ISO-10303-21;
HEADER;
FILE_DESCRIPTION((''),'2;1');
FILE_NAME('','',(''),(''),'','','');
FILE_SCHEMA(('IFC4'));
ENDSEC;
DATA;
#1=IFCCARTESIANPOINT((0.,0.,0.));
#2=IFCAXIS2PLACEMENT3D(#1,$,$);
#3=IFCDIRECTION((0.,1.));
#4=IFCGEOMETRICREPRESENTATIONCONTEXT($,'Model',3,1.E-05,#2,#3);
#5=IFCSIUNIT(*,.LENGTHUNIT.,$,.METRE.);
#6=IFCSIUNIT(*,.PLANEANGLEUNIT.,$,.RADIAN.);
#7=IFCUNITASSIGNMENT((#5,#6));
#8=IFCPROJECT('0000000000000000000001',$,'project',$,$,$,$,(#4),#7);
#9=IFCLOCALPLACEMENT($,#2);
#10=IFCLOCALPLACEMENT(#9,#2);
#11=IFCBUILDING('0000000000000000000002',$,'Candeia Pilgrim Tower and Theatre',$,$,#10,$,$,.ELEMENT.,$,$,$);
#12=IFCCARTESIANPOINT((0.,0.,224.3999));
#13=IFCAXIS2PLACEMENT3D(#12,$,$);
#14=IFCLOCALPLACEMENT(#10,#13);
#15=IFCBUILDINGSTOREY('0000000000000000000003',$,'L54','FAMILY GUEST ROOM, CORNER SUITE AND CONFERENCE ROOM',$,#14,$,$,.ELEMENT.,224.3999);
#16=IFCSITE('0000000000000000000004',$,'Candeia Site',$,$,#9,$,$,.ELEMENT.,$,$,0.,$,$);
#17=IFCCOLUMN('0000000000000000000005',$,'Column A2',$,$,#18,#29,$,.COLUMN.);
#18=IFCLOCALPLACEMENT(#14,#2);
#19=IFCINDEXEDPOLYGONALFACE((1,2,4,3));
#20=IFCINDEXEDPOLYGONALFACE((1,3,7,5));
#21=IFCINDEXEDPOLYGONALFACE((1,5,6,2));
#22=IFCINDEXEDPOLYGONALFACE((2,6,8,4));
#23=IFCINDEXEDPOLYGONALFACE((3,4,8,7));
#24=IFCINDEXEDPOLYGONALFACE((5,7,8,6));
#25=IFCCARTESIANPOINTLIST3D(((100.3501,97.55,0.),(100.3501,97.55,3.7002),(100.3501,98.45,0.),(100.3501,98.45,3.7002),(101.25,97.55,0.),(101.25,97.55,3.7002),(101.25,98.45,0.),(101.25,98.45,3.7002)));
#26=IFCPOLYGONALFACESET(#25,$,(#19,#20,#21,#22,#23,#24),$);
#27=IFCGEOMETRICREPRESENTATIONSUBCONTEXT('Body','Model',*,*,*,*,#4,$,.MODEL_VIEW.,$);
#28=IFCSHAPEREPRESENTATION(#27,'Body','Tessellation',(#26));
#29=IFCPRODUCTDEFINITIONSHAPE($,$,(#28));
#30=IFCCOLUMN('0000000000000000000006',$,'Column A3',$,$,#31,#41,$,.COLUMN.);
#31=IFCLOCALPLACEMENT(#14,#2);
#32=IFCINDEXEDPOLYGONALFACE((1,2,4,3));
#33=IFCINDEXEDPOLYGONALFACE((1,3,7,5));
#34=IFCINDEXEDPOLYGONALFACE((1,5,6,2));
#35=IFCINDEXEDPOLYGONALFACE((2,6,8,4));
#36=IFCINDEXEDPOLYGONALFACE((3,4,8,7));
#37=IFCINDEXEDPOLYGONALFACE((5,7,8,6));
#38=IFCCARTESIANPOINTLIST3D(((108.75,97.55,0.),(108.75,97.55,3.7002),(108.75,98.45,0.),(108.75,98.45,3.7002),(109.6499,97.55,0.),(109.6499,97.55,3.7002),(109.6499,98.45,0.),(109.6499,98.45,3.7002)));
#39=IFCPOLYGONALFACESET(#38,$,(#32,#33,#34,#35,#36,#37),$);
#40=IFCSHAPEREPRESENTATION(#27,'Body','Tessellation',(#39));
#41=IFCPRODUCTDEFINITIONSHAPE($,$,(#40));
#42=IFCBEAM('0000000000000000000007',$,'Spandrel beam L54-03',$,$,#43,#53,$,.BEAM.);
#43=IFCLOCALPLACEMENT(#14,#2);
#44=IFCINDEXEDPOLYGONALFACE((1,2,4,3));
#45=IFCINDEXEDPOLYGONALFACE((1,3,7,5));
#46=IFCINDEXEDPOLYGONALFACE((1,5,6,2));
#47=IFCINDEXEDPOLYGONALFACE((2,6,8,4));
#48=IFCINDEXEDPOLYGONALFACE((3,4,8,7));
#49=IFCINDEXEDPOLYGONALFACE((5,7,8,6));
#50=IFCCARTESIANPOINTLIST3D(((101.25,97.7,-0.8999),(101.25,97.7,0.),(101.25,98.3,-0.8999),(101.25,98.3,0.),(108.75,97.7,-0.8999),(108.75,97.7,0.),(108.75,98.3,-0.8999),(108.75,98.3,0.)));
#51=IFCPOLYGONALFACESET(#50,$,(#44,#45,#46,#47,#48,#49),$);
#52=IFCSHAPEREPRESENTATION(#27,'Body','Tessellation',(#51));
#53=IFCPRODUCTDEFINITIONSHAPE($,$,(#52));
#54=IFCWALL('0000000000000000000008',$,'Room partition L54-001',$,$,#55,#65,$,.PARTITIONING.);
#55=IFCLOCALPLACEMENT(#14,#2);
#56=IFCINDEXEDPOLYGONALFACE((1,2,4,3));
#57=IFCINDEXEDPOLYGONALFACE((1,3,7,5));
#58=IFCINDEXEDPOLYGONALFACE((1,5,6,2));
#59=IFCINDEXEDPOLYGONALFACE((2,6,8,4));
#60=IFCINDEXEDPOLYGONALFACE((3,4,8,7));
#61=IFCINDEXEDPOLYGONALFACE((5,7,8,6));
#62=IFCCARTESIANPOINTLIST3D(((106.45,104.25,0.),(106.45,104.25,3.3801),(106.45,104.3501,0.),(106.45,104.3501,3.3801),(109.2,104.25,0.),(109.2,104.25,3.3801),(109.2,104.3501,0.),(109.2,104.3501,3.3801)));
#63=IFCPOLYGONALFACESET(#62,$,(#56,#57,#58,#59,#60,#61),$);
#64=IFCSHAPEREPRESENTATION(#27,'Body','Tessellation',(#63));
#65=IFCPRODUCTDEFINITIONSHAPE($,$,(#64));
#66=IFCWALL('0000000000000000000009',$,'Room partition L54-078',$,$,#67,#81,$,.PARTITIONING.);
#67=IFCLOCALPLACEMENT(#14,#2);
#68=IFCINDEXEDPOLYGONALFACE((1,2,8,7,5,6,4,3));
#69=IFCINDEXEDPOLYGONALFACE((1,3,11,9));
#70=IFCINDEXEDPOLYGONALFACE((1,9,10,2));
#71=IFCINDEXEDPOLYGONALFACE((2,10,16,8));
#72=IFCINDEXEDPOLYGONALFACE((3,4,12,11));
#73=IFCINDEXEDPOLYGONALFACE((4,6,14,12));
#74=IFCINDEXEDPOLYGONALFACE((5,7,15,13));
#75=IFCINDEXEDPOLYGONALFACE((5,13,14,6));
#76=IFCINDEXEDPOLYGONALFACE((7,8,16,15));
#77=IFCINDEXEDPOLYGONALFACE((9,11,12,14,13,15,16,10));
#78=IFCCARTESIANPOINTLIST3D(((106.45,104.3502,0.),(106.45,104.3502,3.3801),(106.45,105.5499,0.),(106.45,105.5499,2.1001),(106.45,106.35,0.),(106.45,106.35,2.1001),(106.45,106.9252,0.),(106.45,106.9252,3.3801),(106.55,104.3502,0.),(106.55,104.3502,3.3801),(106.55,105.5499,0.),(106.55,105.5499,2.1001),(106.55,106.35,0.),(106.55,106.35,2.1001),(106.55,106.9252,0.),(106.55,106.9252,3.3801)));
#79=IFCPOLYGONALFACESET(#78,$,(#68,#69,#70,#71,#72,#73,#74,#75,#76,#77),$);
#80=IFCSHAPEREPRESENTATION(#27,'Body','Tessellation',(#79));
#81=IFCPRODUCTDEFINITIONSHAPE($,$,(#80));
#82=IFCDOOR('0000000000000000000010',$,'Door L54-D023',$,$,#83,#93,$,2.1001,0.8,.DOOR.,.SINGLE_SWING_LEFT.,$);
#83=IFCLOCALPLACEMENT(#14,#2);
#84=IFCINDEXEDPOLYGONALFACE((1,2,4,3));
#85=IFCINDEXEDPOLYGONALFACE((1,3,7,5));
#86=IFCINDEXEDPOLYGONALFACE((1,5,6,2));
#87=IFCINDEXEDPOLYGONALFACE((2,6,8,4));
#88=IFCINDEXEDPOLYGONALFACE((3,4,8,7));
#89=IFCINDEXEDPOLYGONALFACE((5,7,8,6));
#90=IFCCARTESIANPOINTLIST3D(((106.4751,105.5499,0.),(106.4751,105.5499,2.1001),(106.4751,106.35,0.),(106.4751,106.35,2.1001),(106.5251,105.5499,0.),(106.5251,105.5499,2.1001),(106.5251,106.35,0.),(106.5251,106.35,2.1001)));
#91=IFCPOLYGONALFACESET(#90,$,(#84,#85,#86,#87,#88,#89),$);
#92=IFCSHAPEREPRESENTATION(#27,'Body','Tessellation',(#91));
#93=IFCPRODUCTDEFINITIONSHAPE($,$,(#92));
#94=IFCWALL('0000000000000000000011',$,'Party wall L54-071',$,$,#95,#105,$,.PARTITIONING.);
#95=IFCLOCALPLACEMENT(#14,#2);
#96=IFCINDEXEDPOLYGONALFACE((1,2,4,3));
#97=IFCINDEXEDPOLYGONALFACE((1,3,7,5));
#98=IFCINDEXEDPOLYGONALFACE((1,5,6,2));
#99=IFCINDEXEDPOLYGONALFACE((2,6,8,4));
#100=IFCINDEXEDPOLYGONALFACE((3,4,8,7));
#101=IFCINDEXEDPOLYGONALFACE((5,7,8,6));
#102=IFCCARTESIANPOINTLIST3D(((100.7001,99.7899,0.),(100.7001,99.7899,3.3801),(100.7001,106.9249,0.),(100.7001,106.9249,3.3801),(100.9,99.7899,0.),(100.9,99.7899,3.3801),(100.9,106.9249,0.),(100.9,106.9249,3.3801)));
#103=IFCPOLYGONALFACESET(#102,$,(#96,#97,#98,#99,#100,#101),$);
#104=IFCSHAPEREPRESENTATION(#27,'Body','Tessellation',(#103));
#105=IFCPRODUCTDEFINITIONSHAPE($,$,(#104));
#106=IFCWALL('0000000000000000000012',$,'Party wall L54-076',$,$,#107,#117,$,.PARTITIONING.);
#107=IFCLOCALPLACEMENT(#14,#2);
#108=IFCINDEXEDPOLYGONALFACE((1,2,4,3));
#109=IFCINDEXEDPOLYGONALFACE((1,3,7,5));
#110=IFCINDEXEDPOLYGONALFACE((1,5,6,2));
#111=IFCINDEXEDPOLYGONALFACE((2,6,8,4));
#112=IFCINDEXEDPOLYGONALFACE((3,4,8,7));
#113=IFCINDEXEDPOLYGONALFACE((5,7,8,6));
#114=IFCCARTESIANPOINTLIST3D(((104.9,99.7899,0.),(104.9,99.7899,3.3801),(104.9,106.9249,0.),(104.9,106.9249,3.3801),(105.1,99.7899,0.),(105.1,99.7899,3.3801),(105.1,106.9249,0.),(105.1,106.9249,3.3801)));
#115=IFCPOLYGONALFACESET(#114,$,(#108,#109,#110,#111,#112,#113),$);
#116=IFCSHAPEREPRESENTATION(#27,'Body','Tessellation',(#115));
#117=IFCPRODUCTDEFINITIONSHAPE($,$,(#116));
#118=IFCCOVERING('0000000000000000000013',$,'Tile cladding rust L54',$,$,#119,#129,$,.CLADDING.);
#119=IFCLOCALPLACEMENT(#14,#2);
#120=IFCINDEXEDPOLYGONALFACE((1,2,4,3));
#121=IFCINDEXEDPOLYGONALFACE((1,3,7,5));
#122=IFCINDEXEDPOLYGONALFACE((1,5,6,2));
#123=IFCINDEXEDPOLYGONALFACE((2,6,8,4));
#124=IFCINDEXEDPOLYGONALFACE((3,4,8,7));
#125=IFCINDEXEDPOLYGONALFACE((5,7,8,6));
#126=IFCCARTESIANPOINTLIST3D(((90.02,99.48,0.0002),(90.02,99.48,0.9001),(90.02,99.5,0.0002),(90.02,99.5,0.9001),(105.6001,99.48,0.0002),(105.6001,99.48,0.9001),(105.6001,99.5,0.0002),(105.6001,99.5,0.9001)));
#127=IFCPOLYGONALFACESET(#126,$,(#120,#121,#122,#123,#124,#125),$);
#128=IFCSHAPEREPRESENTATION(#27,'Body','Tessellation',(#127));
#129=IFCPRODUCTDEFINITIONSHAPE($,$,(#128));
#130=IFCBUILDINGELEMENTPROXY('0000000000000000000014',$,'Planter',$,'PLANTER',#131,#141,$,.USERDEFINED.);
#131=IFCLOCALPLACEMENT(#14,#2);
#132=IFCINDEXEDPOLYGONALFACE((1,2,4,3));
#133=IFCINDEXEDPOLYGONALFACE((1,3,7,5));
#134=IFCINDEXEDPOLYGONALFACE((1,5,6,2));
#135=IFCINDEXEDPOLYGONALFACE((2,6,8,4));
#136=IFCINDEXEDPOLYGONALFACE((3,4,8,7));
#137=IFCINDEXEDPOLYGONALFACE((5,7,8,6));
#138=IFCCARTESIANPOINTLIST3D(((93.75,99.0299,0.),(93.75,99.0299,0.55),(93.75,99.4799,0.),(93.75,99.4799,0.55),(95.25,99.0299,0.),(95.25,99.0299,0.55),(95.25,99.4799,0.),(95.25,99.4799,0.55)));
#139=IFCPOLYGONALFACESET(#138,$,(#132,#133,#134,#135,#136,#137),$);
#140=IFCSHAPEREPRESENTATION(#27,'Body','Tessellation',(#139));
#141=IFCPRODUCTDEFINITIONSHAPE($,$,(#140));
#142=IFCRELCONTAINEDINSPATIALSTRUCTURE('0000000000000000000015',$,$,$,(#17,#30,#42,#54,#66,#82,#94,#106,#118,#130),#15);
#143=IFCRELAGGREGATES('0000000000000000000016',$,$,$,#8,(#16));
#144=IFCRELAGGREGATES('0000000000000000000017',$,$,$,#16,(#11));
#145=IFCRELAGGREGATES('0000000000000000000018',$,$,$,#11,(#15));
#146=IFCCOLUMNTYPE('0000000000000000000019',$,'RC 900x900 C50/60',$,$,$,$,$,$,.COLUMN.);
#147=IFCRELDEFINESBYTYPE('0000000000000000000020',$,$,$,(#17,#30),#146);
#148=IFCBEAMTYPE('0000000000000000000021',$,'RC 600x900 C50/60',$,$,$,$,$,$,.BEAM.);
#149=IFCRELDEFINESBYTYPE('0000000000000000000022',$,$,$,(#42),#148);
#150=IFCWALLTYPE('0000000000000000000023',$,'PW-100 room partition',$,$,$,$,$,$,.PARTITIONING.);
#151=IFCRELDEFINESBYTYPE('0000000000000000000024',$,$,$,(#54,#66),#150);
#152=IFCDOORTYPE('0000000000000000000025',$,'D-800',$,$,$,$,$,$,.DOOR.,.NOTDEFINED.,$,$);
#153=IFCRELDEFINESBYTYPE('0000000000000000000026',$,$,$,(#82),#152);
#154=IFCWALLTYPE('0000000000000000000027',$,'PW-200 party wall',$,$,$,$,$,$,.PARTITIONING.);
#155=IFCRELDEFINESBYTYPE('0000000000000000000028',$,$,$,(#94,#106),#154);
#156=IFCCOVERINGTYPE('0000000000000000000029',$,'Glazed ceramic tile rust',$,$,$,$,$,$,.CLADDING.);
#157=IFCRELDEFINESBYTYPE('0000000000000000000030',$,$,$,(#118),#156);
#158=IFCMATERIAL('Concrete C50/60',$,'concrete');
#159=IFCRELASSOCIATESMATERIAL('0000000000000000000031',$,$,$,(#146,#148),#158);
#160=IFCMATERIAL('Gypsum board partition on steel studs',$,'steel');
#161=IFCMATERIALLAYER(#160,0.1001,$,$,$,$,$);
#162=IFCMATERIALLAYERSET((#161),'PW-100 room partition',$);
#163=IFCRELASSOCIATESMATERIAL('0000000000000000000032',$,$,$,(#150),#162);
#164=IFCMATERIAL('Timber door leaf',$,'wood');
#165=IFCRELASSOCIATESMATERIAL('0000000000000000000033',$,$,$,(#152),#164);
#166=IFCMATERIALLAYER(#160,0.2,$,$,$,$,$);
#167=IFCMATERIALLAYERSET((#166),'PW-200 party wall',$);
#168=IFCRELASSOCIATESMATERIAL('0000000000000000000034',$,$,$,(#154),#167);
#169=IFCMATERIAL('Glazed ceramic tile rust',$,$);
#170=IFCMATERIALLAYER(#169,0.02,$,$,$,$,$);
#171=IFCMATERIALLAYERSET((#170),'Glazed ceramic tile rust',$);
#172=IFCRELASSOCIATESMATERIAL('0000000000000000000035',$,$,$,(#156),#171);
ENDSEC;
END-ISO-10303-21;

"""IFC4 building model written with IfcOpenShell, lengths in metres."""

from ifc_helpers import new_model, si_unit, direction, frame, frame_2d, origin, origin_2d, place, context, subcontext, project, spatial, rectangle, extrude, material, layer, layer_set, material_profile, profile_set, type_object, element, fill, save


model = new_model("IFC4")

# Units and contexts
model_context = context("Model", 3, precision=1e-05, world=origin(), true_north=direction((0.0, 1.0)))
body_context = subcontext(model_context, "Body", "Model", "MODEL_VIEW")
ifc_project = project(units=[si_unit("LENGTHUNIT", "METRE"), si_unit("PLANEANGLEUNIT", "RADIAN")], contexts=[model_context])

# Site, building, storey
site_placement = place(None, origin())
site = spatial("IfcSite", under=ifc_project, at=site_placement, Name="Candeia Site", CompositionType="ELEMENT", RefElevation=0.0)
building_placement = place(site_placement, origin())
building = spatial("IfcBuilding", under=site, at=building_placement, Name="Candeia Pilgrim Tower and Theatre", CompositionType="ELEMENT")
storey_placement = place(building_placement, frame((0.0, 0.0, 224.3999)))
storey = spatial("IfcBuildingStorey", under=building, at=storey_placement, Name="L54", Description="FAMILY GUEST ROOM, CORNER SUITE AND CONFERENCE ROOM", CompositionType="ELEMENT", Elevation=224.3999)

# Columns
ifc_material_1 = material(Name="Concrete C50/60", Category="concrete")
ifc_material_profile_1 = material_profile(ifc_material_1, rectangle(XDim=0.8999, YDim=0.8999, at=origin_2d()))
ifc_profile_set_1 = profile_set([ifc_material_profile_1], Name="Concrete C50/60")
column_type = type_object("IfcColumnType", Name="RC 900x900 C50/60", PredefinedType="COLUMN", material=ifc_profile_set_1)
for number, where, z_axis, x_axis, name in (
    (1, (100.8, 98.0, 0.0), (0.0, 0.0, 1.0), (1.0, 0.0, 0.0), "Column A2"),
    (2, (109.2, 98.0, 0.0), (0.0, 0.0, 1.0), (1.0, 0.0, 0.0), "Column A3"),
):
    element("IfcColumn", number, at=place(storey_placement, frame(where, z_axis=z_axis, x_axis=x_axis)), inside=storey, type_object=column_type, Name=name, PredefinedType="COLUMN", context=body_context, shape_type="SweptSolid", body=[
        extrude(rectangle(XDim=0.8999, YDim=0.8999, at=origin_2d()), origin(), (0.0, 0.0, 1.0), 3.7002),
    ])

# Beam
ifc_material_profile_2 = material_profile(ifc_material_1, rectangle(XDim=0.6001, YDim=0.8999, at=origin_2d()))
ifc_profile_set_2 = profile_set([ifc_material_profile_2], Name="Concrete C50/60")
beam_type = type_object("IfcBeamType", Name="RC 600x900 C50/60", PredefinedType="BEAM", material=ifc_profile_set_2)
beam_placement = place(storey_placement, frame((101.25, 98.0, -0.45), z_axis=(1.0, 0.0, 0.0), x_axis=(0.0, 1.0, 0.0)))
element("IfcBeam", 3, at=beam_placement, inside=storey, type_object=beam_type, Name="Spandrel beam L54-03", PredefinedType="BEAM", context=body_context, shape_type="SweptSolid", body=[
    extrude(rectangle(XDim=0.6001, YDim=0.8999, at=origin_2d()), origin(), (0.0, 0.0, 1.0), 7.5),
])

# Wall
ifc_material_2 = material(Name="Gypsum board partition on steel studs", Category="steel")
ifc_layer_1 = layer(ifc_material_2, 0.1001)
ifc_layer_set_1 = layer_set([ifc_layer_1], Name="PW-100 room partition")
wall_type_1 = type_object("IfcWallType", Name="PW-100 room partition", PredefinedType="PARTITIONING", material=ifc_layer_set_1)
wall_1_placement = place(storey_placement, frame((106.45, 104.3, 0.0), z_axis=(0.0, 0.0, 1.0), x_axis=(1.0, 0.0, 0.0)))
element("IfcWall", 4, at=wall_1_placement, inside=storey, type_object=wall_type_1, Name="Room partition L54-001", PredefinedType="PARTITIONING", context=body_context, shape_type="SweptSolid", body=[
    extrude(rectangle(XDim=2.75, YDim=0.1001, at=frame_2d((1.375, 0.0))), origin(), (0.0, 0.0, 1.0), 3.3801),
])

# Wall, opening, door
wall_2_placement = place(storey_placement, frame((106.5, 104.3501, 0.0), z_axis=(0.0, 0.0, 1.0), x_axis=(0.0, 1.0, 0.0)))
wall_2 = element("IfcWall", 5, at=wall_2_placement, inside=storey, type_object=wall_type_1, Name="Room partition L54-078", PredefinedType="PARTITIONING", context=body_context, shape_type="SweptSolid", body=[
    extrude(rectangle(XDim=2.575, YDim=0.1001, at=frame_2d((1.2876, 0.0))), origin(), (0.0, 0.0, 1.0), 3.3801),
])
opening_placement = place(wall_2_placement, frame((1.2, 0.0, 0.0)))
opening = element("IfcOpeningElement", 6, at=opening_placement, cuts=wall_2, PredefinedType="OPENING", context=body_context, shape_type="SweptSolid", body=[
    extrude(rectangle(XDim=0.8, YDim=2.1001, at=frame_2d((0.3999, 1.05))), frame((0.0, 0.0601, 0.0), z_axis=(0.0, -1.0, 0.0), x_axis=(1.0, 0.0, 0.0)), (0.0, 0.0, 1.0), 0.1201),
])
ifc_material_3 = material(Name="Timber door leaf", Category="wood")
door_type = type_object("IfcDoorType", Name="D-800", OperationType="NOTDEFINED", PredefinedType="DOOR", material=ifc_material_3)
door_placement = place(opening_placement, origin())
door = element("IfcDoor", 7, at=door_placement, inside=storey, type_object=door_type, Name="Door L54-D023", OperationType="SINGLE_SWING_LEFT", OverallHeight=2.1001, OverallWidth=0.8, PredefinedType="DOOR", context=body_context, shape_type="SweptSolid", body=[
    extrude(rectangle(XDim=0.8, YDim=2.1001, at=frame_2d((0.3999, 1.05))), frame((0.0, 0.0249, 0.0), z_axis=(0.0, -1.0, 0.0), x_axis=(1.0, 0.0, 0.0)), (0.0, 0.0, 1.0), 0.05),
])
fill(opening, door)

# Walls
ifc_layer_2 = layer(ifc_material_2, 0.2)
ifc_layer_set_2 = layer_set([ifc_layer_2], Name="PW-200 party wall")
wall_type_2 = type_object("IfcWallType", Name="PW-200 party wall", PredefinedType="PARTITIONING", material=ifc_layer_set_2)
for number, where, z_axis, x_axis, name in (
    (8, (100.8, 99.79, 0.0), (0.0, 0.0, 1.0), (0.0, 1.0, 0.0), "Party wall L54-071"),
    (9, (105.0, 99.79, 0.0), (0.0, 0.0, 1.0), (0.0, 1.0, 0.0), "Party wall L54-076"),
):
    element("IfcWall", number, at=place(storey_placement, frame(where, z_axis=z_axis, x_axis=x_axis)), inside=storey, type_object=wall_type_2, Name=name, PredefinedType="PARTITIONING", context=body_context, shape_type="SweptSolid", body=[
        extrude(rectangle(XDim=7.135, YDim=0.2, at=frame_2d((3.5674, 0.0))), origin(), (0.0, 0.0, 1.0), 3.3801),
    ])

# Covering
ifc_material_4 = material(Name="Glazed ceramic tile rust")
ifc_layer_3 = layer(ifc_material_4, 0.02)
ifc_layer_set_3 = layer_set([ifc_layer_3], Name="Glazed ceramic tile rust")
covering_type = type_object("IfcCoveringType", Name="Glazed ceramic tile rust", PredefinedType="CLADDING", material=ifc_layer_set_3)
covering_placement = place(storey_placement, frame((97.8101, 99.49, 0.0002), z_axis=(0.0, 0.0, 1.0), x_axis=(1.0, 0.0, 0.0)))
element("IfcCovering", 10, at=covering_placement, inside=storey, type_object=covering_type, Name="Tile cladding rust L54", PredefinedType="CLADDING", context=body_context, shape_type="SweptSolid", body=[
    extrude(rectangle(XDim=15.5801, YDim=0.02, at=origin_2d()), origin(), (0.0, 0.0, 1.0), 0.8999),
])

# Building element proxy
proxy_placement = place(storey_placement, frame((94.5, 99.2549, 0.0), z_axis=(0.0, 0.0, 1.0), x_axis=(1.0, 0.0, 0.0)))
element("IfcBuildingElementProxy", 11, at=proxy_placement, inside=storey, Name="Planter", ObjectType="PLANTER", PredefinedType="USERDEFINED", context=body_context, shape_type="SweptSolid", body=[
    extrude(rectangle(XDim=1.5, YDim=0.45, at=origin_2d()), origin(), (0.0, 0.0, 1.0), 0.55),
])

save(model, "model.ifc")
